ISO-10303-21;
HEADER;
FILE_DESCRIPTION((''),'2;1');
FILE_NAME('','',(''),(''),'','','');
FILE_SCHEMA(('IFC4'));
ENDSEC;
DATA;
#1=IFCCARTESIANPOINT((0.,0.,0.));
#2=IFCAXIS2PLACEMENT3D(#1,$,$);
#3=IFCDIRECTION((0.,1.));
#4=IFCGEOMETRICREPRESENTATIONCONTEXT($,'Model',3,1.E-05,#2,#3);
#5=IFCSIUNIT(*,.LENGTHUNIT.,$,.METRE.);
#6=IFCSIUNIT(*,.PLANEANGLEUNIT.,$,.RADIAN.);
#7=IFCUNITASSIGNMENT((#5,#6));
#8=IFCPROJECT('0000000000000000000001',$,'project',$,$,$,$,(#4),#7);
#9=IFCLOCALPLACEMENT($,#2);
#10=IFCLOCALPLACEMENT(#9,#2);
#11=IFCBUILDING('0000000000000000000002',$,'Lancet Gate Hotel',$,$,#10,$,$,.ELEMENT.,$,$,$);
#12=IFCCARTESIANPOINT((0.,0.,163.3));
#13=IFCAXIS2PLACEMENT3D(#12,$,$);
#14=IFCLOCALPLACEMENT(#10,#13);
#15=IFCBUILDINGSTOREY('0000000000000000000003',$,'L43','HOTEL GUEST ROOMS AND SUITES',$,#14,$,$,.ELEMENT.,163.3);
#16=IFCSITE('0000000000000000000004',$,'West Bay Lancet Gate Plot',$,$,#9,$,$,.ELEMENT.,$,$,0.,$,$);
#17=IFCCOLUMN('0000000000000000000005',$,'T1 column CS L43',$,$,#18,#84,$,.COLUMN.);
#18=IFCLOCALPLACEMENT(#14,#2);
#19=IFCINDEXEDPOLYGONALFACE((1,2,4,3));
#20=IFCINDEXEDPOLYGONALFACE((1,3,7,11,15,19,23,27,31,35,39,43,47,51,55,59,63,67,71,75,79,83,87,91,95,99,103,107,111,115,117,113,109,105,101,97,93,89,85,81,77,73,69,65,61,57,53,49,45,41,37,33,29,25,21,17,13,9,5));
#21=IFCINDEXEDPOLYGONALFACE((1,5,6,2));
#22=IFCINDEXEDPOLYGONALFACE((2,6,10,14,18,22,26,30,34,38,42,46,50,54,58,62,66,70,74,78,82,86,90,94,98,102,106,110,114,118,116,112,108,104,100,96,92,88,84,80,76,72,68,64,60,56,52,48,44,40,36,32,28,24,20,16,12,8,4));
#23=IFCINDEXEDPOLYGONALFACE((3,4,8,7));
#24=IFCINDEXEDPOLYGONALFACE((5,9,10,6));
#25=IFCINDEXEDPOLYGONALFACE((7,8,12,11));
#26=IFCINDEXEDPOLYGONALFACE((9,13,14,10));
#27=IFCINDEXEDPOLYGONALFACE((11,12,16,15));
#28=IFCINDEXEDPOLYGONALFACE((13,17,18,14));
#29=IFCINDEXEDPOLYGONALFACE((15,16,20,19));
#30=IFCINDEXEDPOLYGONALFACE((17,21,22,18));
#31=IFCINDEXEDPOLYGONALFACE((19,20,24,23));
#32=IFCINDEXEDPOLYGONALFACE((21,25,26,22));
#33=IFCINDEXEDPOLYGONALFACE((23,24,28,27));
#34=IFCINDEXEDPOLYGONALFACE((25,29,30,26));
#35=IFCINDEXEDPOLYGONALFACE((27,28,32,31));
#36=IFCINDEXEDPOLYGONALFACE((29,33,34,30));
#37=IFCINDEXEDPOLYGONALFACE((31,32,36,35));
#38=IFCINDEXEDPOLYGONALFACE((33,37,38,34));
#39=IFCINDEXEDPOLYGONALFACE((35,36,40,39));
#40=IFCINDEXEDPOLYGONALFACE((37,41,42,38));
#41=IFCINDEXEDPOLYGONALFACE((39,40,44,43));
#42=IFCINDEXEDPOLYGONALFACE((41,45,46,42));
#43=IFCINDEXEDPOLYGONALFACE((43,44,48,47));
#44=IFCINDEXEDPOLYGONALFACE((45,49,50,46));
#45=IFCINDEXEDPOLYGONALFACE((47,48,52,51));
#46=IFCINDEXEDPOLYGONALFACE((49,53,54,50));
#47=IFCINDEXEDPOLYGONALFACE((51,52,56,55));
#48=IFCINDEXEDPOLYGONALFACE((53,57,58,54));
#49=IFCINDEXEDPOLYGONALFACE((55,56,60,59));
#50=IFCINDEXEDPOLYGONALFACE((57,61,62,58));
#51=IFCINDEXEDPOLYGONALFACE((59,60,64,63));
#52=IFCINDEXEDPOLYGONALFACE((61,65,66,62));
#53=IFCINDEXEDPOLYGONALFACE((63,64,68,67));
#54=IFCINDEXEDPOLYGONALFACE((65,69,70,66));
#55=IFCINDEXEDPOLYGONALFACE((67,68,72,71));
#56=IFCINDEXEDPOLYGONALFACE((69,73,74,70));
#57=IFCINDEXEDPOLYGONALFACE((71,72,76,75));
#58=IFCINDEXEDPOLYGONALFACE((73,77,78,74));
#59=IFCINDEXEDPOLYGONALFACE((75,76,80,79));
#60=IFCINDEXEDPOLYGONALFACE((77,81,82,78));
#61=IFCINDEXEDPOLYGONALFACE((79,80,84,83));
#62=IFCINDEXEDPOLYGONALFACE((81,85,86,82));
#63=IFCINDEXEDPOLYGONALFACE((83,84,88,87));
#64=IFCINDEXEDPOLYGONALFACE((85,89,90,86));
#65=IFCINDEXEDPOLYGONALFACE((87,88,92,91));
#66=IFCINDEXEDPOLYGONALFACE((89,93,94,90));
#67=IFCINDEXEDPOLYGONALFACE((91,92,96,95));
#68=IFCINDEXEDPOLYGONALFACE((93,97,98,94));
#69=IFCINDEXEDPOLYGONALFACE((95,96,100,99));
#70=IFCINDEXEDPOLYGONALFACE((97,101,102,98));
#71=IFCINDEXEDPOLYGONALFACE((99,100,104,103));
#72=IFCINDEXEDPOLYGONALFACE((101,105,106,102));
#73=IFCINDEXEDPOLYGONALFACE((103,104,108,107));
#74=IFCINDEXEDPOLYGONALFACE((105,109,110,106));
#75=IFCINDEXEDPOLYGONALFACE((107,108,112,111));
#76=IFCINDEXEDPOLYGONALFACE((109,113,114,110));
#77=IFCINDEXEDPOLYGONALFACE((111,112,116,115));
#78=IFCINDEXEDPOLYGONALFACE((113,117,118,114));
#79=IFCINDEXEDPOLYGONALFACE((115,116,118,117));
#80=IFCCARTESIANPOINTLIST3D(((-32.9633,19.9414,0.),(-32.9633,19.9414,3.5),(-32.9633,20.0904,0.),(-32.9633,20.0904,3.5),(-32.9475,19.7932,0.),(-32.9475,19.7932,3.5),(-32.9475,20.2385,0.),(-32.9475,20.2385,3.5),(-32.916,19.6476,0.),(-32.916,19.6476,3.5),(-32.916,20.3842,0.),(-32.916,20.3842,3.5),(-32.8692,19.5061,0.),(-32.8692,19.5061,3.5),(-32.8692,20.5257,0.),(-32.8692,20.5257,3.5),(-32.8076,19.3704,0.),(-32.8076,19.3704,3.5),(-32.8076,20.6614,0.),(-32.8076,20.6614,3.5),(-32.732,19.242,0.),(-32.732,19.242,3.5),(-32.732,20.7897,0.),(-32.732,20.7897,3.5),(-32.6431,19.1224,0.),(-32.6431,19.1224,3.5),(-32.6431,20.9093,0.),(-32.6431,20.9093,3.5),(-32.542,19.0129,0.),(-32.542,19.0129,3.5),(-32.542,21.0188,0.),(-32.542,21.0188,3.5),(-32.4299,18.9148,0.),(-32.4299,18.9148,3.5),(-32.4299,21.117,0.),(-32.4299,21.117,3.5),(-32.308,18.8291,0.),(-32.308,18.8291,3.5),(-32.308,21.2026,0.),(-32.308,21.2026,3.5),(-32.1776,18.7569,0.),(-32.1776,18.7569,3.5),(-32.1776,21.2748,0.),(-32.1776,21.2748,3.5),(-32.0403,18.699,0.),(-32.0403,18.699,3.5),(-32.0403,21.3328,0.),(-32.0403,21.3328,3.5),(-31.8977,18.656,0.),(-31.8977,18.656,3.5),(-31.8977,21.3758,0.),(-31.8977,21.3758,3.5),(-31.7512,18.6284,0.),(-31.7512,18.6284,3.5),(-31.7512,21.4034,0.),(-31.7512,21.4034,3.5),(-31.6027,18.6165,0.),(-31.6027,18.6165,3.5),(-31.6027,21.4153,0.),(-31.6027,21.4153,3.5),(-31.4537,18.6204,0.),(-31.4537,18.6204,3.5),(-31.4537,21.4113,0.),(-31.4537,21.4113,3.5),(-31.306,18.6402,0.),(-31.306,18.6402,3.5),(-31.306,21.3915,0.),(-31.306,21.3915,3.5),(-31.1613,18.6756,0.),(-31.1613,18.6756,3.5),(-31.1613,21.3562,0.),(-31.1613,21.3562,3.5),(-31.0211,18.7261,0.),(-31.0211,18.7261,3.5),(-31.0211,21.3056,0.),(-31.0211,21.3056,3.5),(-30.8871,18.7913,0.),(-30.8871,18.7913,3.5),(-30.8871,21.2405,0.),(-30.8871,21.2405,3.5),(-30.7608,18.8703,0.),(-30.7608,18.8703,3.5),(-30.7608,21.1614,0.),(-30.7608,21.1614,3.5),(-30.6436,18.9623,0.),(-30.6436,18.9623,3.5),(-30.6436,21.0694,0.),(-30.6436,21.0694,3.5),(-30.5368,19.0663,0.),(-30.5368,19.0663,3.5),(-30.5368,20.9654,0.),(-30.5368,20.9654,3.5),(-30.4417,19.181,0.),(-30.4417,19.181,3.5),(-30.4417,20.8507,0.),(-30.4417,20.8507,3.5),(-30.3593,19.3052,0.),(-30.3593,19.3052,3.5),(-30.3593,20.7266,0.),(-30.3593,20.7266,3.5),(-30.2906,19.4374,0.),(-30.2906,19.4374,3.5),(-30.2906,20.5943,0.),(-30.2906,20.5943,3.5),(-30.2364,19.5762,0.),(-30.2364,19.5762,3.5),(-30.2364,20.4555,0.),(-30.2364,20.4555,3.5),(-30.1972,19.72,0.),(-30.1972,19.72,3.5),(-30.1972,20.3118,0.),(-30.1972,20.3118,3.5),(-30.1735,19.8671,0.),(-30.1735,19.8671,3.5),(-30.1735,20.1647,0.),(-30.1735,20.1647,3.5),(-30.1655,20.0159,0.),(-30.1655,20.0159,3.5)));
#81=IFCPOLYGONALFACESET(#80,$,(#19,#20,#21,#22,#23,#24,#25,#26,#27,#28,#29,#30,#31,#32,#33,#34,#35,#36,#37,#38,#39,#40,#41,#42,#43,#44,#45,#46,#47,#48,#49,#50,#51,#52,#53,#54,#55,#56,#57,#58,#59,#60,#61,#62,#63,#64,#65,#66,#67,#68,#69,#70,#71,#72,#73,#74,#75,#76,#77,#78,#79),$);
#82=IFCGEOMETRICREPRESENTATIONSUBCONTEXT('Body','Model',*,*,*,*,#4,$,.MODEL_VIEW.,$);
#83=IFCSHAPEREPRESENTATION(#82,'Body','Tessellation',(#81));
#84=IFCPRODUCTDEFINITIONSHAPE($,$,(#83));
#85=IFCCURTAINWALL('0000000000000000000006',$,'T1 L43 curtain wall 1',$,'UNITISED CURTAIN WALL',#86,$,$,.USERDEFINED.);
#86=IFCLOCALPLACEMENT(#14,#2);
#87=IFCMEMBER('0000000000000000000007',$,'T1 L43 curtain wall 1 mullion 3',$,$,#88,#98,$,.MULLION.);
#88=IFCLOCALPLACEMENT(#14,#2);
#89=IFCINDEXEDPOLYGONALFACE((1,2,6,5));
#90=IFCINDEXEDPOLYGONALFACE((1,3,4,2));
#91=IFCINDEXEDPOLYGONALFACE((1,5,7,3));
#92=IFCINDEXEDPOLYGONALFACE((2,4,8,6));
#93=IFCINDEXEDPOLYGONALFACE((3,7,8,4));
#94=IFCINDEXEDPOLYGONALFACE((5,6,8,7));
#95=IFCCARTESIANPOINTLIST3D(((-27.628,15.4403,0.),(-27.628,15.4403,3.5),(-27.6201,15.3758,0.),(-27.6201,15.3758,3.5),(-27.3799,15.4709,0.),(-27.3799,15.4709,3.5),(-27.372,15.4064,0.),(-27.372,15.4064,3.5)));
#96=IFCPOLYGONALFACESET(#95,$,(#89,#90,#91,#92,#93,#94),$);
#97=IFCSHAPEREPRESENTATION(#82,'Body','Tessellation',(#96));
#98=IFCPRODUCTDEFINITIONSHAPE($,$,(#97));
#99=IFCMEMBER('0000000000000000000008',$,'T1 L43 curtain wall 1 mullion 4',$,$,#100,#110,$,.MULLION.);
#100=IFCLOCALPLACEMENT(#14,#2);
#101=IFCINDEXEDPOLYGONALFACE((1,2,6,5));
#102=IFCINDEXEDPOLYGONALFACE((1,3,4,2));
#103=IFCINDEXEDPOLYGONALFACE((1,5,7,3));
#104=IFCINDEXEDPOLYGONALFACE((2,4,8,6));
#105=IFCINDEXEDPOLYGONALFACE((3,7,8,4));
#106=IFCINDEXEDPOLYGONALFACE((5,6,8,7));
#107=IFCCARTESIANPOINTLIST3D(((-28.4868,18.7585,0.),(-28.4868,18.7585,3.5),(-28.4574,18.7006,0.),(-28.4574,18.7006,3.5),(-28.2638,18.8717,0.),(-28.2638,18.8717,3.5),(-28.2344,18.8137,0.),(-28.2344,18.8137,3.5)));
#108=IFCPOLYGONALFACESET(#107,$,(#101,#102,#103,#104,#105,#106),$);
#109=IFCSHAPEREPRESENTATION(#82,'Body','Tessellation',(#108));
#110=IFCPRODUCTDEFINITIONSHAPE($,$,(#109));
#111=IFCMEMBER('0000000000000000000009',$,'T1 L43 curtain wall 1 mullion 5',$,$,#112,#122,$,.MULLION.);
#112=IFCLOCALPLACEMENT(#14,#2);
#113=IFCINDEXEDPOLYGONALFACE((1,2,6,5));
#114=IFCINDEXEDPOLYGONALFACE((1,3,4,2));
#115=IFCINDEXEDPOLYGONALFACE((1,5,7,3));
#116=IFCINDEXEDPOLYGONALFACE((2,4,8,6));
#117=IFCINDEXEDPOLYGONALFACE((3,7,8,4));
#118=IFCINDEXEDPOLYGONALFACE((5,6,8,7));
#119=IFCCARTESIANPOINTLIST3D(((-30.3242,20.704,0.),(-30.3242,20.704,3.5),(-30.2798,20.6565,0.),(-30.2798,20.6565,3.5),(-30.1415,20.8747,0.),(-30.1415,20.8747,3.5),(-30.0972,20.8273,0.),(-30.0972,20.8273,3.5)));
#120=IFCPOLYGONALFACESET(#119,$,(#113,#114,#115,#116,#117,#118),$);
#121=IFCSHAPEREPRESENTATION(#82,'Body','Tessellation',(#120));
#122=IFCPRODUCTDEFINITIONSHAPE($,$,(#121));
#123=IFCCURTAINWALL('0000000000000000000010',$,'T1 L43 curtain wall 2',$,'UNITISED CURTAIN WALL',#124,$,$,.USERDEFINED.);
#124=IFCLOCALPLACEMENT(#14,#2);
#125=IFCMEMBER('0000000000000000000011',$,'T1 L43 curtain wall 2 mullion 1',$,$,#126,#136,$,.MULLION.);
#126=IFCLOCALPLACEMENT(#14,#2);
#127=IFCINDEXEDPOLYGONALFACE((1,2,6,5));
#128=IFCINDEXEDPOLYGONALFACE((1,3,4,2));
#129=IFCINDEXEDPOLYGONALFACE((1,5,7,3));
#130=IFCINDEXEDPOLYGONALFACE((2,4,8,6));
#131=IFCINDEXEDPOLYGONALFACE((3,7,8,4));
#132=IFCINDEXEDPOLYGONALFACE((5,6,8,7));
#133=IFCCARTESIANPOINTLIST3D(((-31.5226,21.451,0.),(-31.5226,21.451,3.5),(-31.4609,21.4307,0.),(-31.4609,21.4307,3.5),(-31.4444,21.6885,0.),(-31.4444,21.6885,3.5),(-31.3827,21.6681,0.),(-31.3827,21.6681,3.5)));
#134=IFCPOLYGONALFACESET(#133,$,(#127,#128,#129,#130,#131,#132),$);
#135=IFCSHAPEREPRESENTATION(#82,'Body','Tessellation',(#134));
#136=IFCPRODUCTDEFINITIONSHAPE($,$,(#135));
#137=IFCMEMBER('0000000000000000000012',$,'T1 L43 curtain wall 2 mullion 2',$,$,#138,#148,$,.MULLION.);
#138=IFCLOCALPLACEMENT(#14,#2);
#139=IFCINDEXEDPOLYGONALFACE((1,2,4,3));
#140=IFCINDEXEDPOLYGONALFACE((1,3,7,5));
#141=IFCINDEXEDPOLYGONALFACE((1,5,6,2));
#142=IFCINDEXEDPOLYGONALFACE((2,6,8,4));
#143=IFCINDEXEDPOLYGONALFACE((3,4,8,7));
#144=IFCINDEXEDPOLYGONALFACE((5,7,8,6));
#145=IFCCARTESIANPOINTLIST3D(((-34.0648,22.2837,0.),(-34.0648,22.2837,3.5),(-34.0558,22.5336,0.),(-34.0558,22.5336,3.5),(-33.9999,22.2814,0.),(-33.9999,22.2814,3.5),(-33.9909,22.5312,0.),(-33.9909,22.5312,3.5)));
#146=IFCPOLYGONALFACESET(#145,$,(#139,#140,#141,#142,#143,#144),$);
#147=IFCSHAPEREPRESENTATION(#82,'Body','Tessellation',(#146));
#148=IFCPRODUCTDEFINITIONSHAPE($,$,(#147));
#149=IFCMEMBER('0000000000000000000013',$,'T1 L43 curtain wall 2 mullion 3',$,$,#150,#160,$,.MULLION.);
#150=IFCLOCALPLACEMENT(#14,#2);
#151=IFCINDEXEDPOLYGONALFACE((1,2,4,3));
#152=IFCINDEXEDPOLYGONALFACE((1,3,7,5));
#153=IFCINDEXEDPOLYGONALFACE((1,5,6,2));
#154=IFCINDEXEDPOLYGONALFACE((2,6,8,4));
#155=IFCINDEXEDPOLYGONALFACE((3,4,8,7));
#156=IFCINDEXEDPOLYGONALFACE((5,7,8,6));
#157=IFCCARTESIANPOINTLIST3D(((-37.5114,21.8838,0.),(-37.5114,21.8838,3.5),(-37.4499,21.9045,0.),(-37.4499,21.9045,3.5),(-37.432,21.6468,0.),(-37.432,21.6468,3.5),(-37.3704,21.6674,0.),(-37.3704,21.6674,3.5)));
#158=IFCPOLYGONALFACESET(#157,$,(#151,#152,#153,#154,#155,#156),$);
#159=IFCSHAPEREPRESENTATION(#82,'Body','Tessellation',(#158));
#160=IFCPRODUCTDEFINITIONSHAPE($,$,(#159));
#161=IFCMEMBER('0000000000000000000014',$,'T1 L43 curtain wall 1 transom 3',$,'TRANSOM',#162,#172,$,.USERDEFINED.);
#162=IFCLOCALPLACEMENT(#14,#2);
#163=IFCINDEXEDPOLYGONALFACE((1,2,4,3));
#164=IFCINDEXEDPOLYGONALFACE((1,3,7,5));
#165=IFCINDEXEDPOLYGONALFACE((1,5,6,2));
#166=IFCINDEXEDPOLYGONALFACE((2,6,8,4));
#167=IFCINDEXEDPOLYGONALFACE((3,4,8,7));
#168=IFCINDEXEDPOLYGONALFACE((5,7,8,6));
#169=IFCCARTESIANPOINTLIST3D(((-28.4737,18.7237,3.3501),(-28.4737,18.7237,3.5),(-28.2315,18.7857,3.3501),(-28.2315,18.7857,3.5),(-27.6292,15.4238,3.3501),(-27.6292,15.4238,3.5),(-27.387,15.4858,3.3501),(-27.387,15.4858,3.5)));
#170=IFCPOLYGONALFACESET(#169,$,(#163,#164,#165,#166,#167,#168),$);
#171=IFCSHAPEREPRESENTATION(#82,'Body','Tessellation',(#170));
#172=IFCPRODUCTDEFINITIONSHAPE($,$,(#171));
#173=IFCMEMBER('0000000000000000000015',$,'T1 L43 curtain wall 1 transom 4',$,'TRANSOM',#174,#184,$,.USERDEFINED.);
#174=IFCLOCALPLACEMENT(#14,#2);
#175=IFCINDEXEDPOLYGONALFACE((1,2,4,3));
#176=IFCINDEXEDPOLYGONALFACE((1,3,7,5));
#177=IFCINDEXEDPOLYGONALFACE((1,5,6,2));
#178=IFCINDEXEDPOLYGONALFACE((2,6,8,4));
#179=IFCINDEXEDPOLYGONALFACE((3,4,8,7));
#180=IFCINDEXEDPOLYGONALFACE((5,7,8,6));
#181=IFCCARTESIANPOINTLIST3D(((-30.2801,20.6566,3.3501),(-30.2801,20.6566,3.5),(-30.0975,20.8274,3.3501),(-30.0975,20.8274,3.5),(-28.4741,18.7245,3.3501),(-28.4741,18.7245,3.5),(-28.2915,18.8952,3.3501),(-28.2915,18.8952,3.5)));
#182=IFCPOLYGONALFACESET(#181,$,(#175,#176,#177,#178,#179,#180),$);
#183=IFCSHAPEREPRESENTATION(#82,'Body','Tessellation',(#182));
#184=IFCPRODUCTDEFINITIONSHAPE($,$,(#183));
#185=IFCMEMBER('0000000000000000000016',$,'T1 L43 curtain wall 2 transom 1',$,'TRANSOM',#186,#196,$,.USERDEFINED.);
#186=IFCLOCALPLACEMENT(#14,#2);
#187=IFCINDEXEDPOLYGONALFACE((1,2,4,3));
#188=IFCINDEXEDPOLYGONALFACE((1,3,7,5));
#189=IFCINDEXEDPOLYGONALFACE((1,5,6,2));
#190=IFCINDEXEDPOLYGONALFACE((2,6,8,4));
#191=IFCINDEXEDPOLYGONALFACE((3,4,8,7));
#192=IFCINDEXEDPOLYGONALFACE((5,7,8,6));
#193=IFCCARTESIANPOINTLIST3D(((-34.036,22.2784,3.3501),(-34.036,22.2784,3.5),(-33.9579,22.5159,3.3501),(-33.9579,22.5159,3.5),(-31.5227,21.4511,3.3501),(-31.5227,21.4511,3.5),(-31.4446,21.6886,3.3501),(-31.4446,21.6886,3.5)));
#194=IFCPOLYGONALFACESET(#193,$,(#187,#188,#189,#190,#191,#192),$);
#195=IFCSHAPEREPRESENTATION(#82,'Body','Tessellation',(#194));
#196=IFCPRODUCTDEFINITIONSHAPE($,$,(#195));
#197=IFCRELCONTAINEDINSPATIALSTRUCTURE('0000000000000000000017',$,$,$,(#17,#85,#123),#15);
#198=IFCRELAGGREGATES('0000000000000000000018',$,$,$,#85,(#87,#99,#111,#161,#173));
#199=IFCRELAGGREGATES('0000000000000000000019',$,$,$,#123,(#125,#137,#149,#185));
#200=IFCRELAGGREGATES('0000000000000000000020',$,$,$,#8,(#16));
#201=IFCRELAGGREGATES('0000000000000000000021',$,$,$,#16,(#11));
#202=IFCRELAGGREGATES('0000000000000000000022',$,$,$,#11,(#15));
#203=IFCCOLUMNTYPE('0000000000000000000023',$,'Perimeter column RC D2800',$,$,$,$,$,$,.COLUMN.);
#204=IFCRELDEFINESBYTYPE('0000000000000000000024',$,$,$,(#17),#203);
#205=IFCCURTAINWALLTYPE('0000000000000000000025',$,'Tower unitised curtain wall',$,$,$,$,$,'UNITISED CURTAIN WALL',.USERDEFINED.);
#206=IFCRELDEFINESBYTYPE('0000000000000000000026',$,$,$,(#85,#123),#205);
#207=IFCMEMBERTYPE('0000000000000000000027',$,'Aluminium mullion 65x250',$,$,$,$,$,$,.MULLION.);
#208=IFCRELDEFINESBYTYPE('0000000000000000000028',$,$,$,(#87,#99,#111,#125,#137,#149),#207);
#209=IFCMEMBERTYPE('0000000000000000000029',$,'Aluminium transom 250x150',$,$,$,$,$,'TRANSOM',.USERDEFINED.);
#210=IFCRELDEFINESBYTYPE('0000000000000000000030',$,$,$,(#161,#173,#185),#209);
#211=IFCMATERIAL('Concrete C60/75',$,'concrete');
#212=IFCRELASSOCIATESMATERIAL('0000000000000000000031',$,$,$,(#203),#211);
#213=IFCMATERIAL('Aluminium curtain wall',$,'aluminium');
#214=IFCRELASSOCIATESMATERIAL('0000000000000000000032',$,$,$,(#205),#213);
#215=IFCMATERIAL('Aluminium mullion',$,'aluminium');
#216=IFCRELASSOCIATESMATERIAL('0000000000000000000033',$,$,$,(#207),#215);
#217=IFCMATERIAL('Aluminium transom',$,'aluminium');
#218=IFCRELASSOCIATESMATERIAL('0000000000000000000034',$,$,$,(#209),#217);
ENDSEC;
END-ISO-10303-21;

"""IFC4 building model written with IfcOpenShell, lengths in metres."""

from ifc_helpers import new_model, si_unit, direction, frame, origin, origin_2d, place, context, subcontext, project, spatial, rectangle, circle, extrude, material, material_profile, profile_set, type_object, element, aggregate, save


model = new_model("IFC4")

# Units and contexts
model_context = context("Model", 3, precision=1e-05, world=origin(), true_north=direction((0.0, 1.0)))
body_context = subcontext(model_context, "Body", "Model", "MODEL_VIEW")
ifc_project = project(units=[si_unit("LENGTHUNIT", "METRE"), si_unit("PLANEANGLEUNIT", "RADIAN")], contexts=[model_context])

# Site, building, storey
site_placement = place(None, origin())
site = spatial("IfcSite", under=ifc_project, at=site_placement, Name="West Bay Lancet Gate Plot", CompositionType="ELEMENT", RefElevation=0.0)
building_placement = place(site_placement, origin())
building = spatial("IfcBuilding", under=site, at=building_placement, Name="Lancet Gate Hotel", CompositionType="ELEMENT")
storey_placement = place(building_placement, frame((0.0, 0.0, 163.3)))
storey = spatial("IfcBuildingStorey", under=building, at=storey_placement, Name="L43", Description="HOTEL GUEST ROOMS AND SUITES", CompositionType="ELEMENT", Elevation=163.3)

# Column
ifc_material_1 = material(Name="Concrete C60/75", Category="concrete")
ifc_material_profile_1 = material_profile(ifc_material_1, circle(Radius=1.3999, at=origin_2d()), Name="RC D2800")
ifc_profile_set_1 = profile_set([ifc_material_profile_1], Name="Concrete C60/75")
column_type = type_object("IfcColumnType", Name="Perimeter column RC D2800", PredefinedType="COLUMN", material=ifc_profile_set_1)
column_placement = place(storey_placement, frame((-31.5654, 20.0159, 0.0), z_axis=(0.0, 0.0, 1.0), x_axis=(1.0, 0.0, 0.0)))
element("IfcColumn", 1, at=column_placement, inside=storey, type_object=column_type, Name="T1 column CS L43", PredefinedType="COLUMN", context=body_context, shape_type="SweptSolid", body=[
    extrude(circle(Radius=1.3999, at=origin_2d()), origin(), (0.0, 0.0, 1.0), 3.5),
])

# Curtain walls, members
ifc_material_2 = material(Name="Aluminium curtain wall", Category="aluminium")
curtain_wall_type = type_object("IfcCurtainWallType", Name="Tower unitised curtain wall", ElementType="UNITISED CURTAIN WALL", PredefinedType="USERDEFINED", material=ifc_material_2)
curtain_wall_1_placement = place(storey_placement, origin())
curtain_wall_1 = element("IfcCurtainWall", 2, at=curtain_wall_1_placement, inside=storey, type_object=curtain_wall_type, Name="T1 L43 curtain wall 1", ObjectType="UNITISED CURTAIN WALL", PredefinedType="USERDEFINED")
ifc_material_3 = material(Name="Aluminium mullion", Category="aluminium")
ifc_material_profile_2 = material_profile(ifc_material_3, rectangle(XDim=0.0649, YDim=0.25, at=origin_2d()), Name="MULLION 65x250")
ifc_profile_set_2 = profile_set([ifc_material_profile_2], Name="Aluminium mullion")
member_type_1 = type_object("IfcMemberType", Name="Aluminium mullion 65x250", PredefinedType="MULLION", material=ifc_profile_set_2)
member_1_placement = place(storey_placement, frame((-27.5, 15.4233, 0.0), z_axis=(0.0, 0.0, 1.0), x_axis=(-0.122467, 0.992473, 0.0)))
member_1 = element("IfcMember", 3, at=member_1_placement, type_object=member_type_1, Name="T1 L43 curtain wall 1 mullion 3", PredefinedType="MULLION", context=body_context, shape_type="SweptSolid", body=[
    extrude(rectangle(XDim=0.0649, YDim=0.25, at=origin_2d()), origin(), (0.0, 0.0, 1.0), 3.5),
])
member_2_placement = place(storey_placement, frame((-28.3606, 18.7861, 0.0), z_axis=(0.0, 0.0, 1.0), x_axis=(-0.452508, 0.891761, 0.0)))
member_2 = element("IfcMember", 4, at=member_2_placement, type_object=member_type_1, Name="T1 L43 curtain wall 1 mullion 4", PredefinedType="MULLION", context=body_context, shape_type="SweptSolid", body=[
    extrude(rectangle(XDim=0.0649, YDim=0.25, at=origin_2d()), origin(), (0.0, 0.0, 1.0), 3.5),
])
member_3_placement = place(storey_placement, frame((-30.2107, 20.7656, 0.0), z_axis=(0.0, 0.0, 1.0), x_axis=(-0.682845, 0.730563, 0.0)))
member_3 = element("IfcMember", 5, at=member_3_placement, type_object=member_type_1, Name="T1 L43 curtain wall 1 mullion 5", PredefinedType="MULLION", context=body_context, shape_type="SweptSolid", body=[
    extrude(rectangle(XDim=0.0649, YDim=0.25, at=origin_2d()), origin(), (0.0, 0.0, 1.0), 3.5),
])
curtain_wall_2_placement = place(storey_placement, origin())
curtain_wall_2 = element("IfcCurtainWall", 6, at=curtain_wall_2_placement, inside=storey, type_object=curtain_wall_type, Name="T1 L43 curtain wall 2", ObjectType="UNITISED CURTAIN WALL", PredefinedType="USERDEFINED")
member_4_placement = place(storey_placement, frame((-31.4526, 21.5596, 0.0), z_axis=(0.0, 0.0, 1.0), x_axis=(-0.949848, 0.312712, 0.0)))
member_4 = element("IfcMember", 7, at=member_4_placement, type_object=member_type_1, Name="T1 L43 curtain wall 2 mullion 1", PredefinedType="MULLION", context=body_context, shape_type="SweptSolid", body=[
    extrude(rectangle(XDim=0.0649, YDim=0.25, at=origin_2d()), origin(), (0.0, 0.0, 1.0), 3.5),
])
member_5_placement = place(storey_placement, frame((-34.0278, 22.4075, 0.0), z_axis=(0.0, 0.0, 1.0), x_axis=(-0.99935, 0.036037, 0.0)))
member_5 = element("IfcMember", 8, at=member_5_placement, type_object=member_type_1, Name="T1 L43 curtain wall 2 mullion 2", PredefinedType="MULLION", context=body_context, shape_type="SweptSolid", body=[
    extrude(rectangle(XDim=0.0649, YDim=0.25, at=origin_2d()), origin(), (0.0, 0.0, 1.0), 3.5),
])
member_6_placement = place(storey_placement, frame((-37.4409, 21.7756, 0.0), z_axis=(0.0, 0.0, 1.0), x_axis=(-0.948119, -0.317915, 0.0)))
member_6 = element("IfcMember", 9, at=member_6_placement, type_object=member_type_1, Name="T1 L43 curtain wall 2 mullion 3", PredefinedType="MULLION", context=body_context, shape_type="SweptSolid", body=[
    extrude(rectangle(XDim=0.0649, YDim=0.25, at=origin_2d()), origin(), (0.0, 0.0, 1.0), 3.5),
])

# Members
ifc_material_4 = material(Name="Aluminium transom", Category="aluminium")
ifc_material_profile_3 = material_profile(ifc_material_4, rectangle(XDim=0.25, YDim=0.1499, at=origin_2d()), Name="TRANSOM 250x150")
ifc_profile_set_3 = profile_set([ifc_material_profile_3], Name="Aluminium transom")
member_type_2 = type_object("IfcMemberType", Name="Aluminium transom 250x150", ElementType="TRANSOM", PredefinedType="USERDEFINED", material=ifc_profile_set_3)
member_7_placement = place(storey_placement, frame((-27.5081, 15.4548, 3.425), z_axis=(-0.247929, 0.968778, 0.0), x_axis=(-0.968778, -0.247929, 0.0)))
member_7 = element("IfcMember", 10, at=member_7_placement, type_object=member_type_2, Name="T1 L43 curtain wall 1 transom 3", ObjectType="TRANSOM", PredefinedType="USERDEFINED", context=body_context, shape_type="SweptSolid", body=[
    extrude(rectangle(XDim=0.25, YDim=0.1499, at=origin_2d()), origin(), (0.0, 0.0, 1.0), 3.4062),
])
member_8_placement = place(storey_placement, frame((-28.3828, 18.8098, 3.425), z_axis=(-0.682841, 0.730567, 0.0), x_axis=(-0.730567, -0.682841, 0.0)))
member_8 = element("IfcMember", 11, at=member_8_placement, type_object=member_type_2, Name="T1 L43 curtain wall 1 transom 4", ObjectType="TRANSOM", PredefinedType="USERDEFINED", context=body_context, shape_type="SweptSolid", body=[
    extrude(rectangle(XDim=0.25, YDim=0.1499, at=origin_2d()), origin(), (0.0, 0.0, 1.0), 2.6448),
])
member_9_placement = place(storey_placement, frame((-31.4836, 21.5698, 3.425), z_axis=(-0.949858, 0.312683, 0.0), x_axis=(-0.312683, -0.949858, 0.0)))
member_9 = element("IfcMember", 12, at=member_9_placement, type_object=member_type_2, Name="T1 L43 curtain wall 2 transom 1", ObjectType="TRANSOM", PredefinedType="USERDEFINED", context=body_context, shape_type="SweptSolid", body=[
    extrude(rectangle(XDim=0.25, YDim=0.1499, at=origin_2d()), origin(), (0.0, 0.0, 1.0), 2.646),
])

aggregate(curtain_wall_1, [member_1, member_2, member_3, member_7, member_8])
aggregate(curtain_wall_2, [member_4, member_5, member_6, member_9])

save(model, "model.ifc")
